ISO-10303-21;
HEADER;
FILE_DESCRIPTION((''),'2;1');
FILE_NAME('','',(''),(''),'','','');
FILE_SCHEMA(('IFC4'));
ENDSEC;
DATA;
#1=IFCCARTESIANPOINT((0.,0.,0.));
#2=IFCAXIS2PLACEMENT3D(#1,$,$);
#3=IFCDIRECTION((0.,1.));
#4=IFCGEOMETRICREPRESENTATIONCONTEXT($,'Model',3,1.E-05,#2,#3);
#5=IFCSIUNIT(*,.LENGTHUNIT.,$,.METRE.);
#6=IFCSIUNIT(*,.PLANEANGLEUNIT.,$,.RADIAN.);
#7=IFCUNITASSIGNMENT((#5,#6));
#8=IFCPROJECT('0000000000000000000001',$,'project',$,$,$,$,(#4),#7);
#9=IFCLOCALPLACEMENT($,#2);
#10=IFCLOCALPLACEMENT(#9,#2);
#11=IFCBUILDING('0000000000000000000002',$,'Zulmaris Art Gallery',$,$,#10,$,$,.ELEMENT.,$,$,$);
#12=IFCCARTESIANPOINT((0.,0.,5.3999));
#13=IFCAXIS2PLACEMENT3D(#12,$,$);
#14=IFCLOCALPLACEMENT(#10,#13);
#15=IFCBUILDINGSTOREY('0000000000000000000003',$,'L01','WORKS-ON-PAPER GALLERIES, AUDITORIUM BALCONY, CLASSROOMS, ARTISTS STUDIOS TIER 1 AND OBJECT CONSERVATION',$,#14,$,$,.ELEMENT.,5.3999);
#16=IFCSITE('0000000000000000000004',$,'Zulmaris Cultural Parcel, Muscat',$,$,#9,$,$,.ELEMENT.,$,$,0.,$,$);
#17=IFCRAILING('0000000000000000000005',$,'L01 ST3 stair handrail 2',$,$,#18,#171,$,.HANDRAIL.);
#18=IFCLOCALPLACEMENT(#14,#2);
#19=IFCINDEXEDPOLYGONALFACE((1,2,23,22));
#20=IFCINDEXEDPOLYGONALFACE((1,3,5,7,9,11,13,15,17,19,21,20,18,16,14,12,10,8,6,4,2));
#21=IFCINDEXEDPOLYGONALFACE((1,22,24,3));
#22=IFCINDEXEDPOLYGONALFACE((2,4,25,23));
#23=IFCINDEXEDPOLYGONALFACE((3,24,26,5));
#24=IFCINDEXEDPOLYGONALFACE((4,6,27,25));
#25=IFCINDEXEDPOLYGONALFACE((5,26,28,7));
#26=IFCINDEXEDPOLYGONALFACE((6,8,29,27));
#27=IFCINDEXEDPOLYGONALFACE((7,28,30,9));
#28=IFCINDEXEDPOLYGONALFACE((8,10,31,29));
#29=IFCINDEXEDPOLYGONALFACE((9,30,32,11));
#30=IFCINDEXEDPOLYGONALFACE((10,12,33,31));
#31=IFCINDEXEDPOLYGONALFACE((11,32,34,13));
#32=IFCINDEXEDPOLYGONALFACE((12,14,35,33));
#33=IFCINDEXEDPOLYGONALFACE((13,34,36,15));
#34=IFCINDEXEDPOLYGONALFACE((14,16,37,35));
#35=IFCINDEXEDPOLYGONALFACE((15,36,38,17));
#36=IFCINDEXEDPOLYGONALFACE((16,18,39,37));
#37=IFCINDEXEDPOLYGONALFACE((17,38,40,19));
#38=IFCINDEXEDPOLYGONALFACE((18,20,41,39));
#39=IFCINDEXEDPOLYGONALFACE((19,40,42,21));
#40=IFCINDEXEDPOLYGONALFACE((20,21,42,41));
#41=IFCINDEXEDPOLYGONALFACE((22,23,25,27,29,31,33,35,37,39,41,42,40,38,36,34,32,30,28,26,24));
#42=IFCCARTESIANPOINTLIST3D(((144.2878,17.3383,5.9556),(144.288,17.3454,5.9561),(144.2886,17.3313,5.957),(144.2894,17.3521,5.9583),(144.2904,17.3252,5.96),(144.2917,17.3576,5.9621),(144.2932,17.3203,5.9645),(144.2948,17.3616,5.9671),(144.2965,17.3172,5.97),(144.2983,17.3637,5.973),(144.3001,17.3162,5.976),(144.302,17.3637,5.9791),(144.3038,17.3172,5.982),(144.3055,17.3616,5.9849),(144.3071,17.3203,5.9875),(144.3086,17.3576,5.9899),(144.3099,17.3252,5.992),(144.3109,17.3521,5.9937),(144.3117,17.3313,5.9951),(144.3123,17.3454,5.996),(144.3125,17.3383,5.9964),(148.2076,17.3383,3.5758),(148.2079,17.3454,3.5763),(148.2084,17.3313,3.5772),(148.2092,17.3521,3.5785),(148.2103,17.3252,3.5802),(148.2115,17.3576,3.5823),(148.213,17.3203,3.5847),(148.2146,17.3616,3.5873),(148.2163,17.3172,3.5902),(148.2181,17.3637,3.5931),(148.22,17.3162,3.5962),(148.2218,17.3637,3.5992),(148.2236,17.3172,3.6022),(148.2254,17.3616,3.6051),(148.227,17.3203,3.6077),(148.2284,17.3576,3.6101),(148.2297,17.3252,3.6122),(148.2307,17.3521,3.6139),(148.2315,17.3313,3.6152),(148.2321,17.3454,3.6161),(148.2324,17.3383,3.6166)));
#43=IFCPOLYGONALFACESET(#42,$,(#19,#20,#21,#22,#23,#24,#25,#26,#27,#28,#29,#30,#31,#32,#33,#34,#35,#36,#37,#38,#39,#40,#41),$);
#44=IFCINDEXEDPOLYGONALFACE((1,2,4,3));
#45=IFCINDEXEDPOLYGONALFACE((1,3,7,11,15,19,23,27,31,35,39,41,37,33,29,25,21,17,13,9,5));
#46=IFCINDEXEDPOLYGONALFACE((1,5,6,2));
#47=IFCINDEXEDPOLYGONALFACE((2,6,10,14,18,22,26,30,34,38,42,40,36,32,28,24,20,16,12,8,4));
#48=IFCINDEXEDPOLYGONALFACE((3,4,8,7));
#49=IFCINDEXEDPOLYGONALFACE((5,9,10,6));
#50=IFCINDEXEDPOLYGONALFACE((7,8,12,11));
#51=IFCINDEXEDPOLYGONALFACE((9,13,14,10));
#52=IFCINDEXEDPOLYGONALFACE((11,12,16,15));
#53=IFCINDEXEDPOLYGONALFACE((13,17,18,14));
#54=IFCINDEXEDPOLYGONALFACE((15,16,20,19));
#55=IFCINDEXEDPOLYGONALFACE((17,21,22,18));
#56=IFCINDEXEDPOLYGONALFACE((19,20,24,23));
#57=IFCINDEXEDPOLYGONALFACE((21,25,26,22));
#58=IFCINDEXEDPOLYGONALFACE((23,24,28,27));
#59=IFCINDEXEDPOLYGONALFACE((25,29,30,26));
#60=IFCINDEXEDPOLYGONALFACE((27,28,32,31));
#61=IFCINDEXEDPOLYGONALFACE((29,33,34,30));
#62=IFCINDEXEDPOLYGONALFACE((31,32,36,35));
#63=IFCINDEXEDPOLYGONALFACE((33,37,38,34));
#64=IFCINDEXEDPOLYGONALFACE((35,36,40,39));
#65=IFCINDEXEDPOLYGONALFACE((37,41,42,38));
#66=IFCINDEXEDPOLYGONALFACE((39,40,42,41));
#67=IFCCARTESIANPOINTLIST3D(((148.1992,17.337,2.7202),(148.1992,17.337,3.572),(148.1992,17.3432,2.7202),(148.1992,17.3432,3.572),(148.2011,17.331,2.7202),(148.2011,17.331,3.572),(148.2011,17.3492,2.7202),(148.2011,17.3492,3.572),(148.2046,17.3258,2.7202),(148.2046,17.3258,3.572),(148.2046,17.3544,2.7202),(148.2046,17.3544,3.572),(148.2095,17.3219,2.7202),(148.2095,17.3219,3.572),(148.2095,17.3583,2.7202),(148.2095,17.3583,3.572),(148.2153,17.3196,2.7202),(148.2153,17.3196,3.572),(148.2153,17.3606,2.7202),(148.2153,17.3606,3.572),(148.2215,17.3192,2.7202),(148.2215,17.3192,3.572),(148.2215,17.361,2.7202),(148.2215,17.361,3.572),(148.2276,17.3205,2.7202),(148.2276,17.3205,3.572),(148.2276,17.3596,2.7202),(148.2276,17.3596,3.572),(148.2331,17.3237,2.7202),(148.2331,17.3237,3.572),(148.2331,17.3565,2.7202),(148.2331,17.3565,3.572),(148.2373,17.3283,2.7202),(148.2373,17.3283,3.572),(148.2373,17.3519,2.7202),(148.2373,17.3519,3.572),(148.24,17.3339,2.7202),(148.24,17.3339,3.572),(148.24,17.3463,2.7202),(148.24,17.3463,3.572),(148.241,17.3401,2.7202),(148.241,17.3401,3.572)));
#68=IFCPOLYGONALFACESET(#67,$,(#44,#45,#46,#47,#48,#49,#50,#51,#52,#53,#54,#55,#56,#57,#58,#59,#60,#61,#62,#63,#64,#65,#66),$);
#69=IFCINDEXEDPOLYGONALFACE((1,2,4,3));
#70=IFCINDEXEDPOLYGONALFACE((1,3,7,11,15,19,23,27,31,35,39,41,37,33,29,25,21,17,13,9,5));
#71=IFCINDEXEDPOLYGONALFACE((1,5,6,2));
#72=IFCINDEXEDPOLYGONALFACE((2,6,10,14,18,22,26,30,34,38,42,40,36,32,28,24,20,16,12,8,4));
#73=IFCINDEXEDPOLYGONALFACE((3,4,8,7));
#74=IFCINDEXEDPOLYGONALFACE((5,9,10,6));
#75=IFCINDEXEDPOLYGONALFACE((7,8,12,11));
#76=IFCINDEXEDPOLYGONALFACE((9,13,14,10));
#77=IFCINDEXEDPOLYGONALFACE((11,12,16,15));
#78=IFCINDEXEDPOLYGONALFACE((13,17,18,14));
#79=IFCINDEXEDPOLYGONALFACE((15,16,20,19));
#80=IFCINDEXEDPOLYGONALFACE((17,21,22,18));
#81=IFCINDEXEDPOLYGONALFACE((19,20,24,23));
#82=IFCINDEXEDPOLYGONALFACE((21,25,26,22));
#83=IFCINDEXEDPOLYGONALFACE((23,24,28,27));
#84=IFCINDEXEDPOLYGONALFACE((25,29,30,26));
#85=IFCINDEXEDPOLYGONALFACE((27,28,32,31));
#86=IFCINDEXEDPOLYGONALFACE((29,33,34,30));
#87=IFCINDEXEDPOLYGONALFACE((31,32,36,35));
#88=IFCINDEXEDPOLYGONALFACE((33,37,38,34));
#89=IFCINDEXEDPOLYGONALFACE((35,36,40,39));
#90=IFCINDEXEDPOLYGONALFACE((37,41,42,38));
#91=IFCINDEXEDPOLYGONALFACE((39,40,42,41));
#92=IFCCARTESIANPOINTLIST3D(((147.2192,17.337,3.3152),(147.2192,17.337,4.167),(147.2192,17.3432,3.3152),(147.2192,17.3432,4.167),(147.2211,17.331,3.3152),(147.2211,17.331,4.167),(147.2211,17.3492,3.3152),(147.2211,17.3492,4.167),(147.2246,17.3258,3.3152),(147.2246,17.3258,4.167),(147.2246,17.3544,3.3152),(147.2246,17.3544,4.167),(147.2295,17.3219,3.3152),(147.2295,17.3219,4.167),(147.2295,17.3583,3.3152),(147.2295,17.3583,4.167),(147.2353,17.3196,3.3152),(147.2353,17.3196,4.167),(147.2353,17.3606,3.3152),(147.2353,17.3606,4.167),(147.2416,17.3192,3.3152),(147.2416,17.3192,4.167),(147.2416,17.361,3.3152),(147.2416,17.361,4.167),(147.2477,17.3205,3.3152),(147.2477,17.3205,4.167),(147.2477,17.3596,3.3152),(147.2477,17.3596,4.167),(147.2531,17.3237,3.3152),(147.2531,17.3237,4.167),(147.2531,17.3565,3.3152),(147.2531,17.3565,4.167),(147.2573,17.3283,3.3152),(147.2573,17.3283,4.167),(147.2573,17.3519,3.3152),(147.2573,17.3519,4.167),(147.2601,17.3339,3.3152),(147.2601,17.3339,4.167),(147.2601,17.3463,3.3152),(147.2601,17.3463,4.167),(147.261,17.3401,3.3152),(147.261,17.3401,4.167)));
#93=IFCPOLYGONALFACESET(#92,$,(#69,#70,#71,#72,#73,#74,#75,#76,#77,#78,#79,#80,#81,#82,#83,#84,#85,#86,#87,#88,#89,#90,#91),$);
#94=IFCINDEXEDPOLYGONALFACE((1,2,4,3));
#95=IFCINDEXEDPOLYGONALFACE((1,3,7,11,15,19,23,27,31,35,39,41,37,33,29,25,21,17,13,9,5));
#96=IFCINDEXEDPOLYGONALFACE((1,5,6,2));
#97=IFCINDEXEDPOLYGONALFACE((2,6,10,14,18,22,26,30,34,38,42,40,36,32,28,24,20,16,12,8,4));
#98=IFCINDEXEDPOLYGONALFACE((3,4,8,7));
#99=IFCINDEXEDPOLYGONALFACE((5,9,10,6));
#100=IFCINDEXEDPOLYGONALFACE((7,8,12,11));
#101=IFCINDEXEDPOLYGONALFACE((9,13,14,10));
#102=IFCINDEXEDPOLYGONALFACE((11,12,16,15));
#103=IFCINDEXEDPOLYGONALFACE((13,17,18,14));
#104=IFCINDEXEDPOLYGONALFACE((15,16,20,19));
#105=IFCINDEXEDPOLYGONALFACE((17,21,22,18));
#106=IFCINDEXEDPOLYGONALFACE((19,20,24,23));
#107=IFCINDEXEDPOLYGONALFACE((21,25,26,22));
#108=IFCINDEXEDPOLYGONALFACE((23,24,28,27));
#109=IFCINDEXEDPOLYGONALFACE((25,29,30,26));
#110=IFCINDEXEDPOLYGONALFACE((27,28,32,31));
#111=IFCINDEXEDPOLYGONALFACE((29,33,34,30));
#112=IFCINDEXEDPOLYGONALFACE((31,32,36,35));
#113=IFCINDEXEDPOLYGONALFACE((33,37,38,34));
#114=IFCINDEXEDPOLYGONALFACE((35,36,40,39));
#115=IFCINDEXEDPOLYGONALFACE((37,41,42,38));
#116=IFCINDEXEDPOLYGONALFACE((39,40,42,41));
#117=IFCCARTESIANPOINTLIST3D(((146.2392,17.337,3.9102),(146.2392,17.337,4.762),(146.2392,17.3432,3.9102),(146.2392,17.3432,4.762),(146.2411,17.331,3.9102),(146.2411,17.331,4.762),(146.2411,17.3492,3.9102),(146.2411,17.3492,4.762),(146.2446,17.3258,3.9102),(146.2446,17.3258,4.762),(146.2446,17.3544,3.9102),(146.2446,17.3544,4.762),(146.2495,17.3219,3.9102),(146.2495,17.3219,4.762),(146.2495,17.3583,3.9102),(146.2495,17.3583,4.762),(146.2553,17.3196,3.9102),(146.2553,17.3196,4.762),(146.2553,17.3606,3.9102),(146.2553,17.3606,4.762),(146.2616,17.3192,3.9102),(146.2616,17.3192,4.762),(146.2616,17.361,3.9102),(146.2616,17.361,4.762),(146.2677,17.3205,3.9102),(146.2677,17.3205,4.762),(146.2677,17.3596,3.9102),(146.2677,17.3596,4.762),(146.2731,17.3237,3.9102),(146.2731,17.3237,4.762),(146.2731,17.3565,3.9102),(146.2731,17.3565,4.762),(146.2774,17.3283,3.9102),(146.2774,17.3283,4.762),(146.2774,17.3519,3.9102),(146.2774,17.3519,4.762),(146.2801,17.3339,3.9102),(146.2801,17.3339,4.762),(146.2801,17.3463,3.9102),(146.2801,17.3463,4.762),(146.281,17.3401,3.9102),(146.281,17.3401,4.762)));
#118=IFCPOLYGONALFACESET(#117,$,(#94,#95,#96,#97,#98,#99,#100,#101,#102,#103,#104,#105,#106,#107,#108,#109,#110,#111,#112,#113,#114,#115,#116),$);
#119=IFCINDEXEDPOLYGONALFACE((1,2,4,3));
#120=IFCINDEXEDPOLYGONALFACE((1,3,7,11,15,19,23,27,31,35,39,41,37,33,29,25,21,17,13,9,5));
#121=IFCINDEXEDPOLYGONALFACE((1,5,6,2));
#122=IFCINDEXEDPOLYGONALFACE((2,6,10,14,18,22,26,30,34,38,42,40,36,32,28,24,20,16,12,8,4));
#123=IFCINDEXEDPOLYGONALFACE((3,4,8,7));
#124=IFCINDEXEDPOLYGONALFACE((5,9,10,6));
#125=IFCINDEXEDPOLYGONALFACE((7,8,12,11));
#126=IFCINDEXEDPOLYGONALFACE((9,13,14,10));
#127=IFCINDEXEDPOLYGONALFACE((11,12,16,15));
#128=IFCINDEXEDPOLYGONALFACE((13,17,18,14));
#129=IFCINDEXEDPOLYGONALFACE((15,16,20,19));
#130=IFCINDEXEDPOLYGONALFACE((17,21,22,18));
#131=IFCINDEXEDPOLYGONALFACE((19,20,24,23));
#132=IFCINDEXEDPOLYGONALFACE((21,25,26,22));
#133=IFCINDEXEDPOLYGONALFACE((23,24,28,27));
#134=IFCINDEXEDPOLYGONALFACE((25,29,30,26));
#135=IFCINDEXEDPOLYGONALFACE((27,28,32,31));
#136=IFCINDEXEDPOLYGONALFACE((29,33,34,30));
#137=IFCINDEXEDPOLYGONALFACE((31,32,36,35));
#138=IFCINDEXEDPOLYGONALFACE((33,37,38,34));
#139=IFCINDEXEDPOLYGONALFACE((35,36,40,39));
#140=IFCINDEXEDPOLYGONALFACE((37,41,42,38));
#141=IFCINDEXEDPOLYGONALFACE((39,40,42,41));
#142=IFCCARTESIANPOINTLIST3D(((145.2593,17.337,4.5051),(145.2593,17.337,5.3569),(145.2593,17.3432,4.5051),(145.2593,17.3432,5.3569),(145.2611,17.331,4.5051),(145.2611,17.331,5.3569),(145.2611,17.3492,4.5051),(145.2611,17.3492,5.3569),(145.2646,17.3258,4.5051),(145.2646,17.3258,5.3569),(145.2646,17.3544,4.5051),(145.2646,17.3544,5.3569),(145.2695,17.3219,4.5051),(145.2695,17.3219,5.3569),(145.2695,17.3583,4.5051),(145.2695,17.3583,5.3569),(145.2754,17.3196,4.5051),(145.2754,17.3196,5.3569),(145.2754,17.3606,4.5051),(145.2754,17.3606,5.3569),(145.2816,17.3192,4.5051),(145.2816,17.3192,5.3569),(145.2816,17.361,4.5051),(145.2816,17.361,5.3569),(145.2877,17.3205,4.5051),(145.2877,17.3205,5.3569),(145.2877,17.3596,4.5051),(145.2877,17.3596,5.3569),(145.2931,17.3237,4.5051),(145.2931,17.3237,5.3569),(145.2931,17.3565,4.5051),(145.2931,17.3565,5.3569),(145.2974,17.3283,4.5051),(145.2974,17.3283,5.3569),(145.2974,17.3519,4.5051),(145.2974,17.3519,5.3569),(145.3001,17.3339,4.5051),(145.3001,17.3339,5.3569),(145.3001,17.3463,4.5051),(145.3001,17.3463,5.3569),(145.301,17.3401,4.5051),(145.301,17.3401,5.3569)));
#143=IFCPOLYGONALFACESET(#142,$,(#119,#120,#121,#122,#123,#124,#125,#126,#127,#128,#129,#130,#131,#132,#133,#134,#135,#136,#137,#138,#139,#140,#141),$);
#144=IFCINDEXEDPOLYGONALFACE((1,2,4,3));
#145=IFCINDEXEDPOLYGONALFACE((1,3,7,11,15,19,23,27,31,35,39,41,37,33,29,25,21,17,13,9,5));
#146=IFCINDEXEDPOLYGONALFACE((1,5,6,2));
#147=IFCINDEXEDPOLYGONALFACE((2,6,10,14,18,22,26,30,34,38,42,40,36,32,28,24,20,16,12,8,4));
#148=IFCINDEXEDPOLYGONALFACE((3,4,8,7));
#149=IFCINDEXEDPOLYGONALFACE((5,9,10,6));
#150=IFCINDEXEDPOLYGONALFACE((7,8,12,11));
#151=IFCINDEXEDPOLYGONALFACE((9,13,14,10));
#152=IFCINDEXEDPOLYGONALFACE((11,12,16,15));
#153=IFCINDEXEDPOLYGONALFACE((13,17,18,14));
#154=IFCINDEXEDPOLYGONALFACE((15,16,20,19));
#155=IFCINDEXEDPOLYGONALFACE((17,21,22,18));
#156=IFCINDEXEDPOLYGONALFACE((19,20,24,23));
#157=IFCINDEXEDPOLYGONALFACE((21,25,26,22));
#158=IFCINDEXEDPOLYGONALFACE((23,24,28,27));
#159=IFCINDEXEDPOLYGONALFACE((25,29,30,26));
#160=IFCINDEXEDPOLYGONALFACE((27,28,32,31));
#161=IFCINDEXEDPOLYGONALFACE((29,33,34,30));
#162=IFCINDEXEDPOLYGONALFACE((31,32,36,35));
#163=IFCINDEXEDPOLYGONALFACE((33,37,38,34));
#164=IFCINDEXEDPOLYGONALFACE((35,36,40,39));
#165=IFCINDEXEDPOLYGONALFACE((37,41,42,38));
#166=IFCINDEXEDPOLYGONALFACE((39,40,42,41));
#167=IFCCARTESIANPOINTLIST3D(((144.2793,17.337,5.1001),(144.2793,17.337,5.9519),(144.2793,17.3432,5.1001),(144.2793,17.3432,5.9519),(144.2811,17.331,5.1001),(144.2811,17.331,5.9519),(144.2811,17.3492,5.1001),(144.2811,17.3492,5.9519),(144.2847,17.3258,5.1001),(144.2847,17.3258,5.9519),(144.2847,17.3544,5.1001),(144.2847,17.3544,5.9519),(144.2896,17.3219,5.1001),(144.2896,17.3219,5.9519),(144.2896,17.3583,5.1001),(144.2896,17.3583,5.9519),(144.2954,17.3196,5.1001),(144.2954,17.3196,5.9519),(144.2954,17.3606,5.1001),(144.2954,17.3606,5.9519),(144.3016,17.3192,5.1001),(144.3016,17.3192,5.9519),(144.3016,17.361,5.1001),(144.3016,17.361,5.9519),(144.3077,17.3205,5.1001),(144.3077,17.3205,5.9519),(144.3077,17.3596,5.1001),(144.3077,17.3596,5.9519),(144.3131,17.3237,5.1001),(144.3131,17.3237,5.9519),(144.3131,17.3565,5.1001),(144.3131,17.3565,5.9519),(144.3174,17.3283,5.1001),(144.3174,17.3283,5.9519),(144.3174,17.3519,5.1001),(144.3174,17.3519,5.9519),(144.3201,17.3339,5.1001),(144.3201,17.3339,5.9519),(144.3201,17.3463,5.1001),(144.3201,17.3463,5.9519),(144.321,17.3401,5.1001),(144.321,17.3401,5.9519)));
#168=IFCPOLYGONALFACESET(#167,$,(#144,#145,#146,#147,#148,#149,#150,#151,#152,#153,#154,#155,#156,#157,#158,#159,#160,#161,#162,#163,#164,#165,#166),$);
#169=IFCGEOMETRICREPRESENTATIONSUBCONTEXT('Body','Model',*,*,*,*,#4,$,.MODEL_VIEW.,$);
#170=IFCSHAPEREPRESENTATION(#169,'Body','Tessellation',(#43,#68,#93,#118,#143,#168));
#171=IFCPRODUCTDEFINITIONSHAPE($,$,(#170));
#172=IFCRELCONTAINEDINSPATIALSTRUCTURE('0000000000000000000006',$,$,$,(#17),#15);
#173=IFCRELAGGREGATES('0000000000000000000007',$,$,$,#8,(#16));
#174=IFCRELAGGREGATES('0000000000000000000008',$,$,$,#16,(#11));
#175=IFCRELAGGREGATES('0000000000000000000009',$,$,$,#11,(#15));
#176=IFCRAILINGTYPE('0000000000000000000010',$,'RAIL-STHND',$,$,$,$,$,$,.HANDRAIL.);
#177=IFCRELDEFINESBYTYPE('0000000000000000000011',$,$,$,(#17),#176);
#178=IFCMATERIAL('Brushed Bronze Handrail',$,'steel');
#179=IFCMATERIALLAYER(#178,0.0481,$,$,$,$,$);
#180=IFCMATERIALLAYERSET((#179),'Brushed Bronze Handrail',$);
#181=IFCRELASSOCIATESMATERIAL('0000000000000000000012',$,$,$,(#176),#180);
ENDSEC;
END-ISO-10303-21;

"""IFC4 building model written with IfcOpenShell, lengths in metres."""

from ifc_helpers import new_model, si_unit, direction, frame, origin, origin_2d, place, context, subcontext, project, spatial, circle, extrude, material, layer, layer_set, type_object, element, save


model = new_model("IFC4")

# Units and contexts
model_context = context("Model", 3, precision=1e-05, world=origin(), true_north=direction((0.0, 1.0)))
body_context = subcontext(model_context, "Body", "Model", "MODEL_VIEW")
ifc_project = project(units=[si_unit("LENGTHUNIT", "METRE"), si_unit("PLANEANGLEUNIT", "RADIAN")], contexts=[model_context])

# Site, building, storey
site_placement = place(None, origin())
site = spatial("IfcSite", under=ifc_project, at=site_placement, Name="Zulmaris Cultural Parcel, Muscat", CompositionType="ELEMENT", RefElevation=0.0)
building_placement = place(site_placement, origin())
building = spatial("IfcBuilding", under=site, at=building_placement, Name="Zulmaris Art Gallery", CompositionType="ELEMENT")
storey_placement = place(building_placement, frame((0.0, 0.0, 5.3999)))
storey = spatial("IfcBuildingStorey", under=building, at=storey_placement, Name="L01", Description="WORKS-ON-PAPER GALLERIES, AUDITORIUM BALCONY, CLASSROOMS, ARTISTS STUDIOS TIER 1 AND OBJECT CONSERVATION", CompositionType="ELEMENT", Elevation=5.3999)

# Railing
ifc_material_1 = material(Name="Brushed Bronze Handrail", Category="steel")
ifc_layer_1 = layer(ifc_material_1, 0.0481)
ifc_layer_set_1 = layer_set([ifc_layer_1], Name="Brushed Bronze Handrail")
railing_type_1 = type_object("IfcRailingType", Name="RAIL-STHND", PredefinedType="HANDRAIL", material=ifc_layer_set_1)
railing_1_placement = place(storey_placement, frame((148.22, 17.3401, 2.7202)))
element("IfcRailing", 1, at=railing_1_placement, inside=storey, type_object=railing_type_1, Name="L01 ST3 stair handrail 2", PredefinedType="HANDRAIL", context=body_context, shape_type="SweptSolid", body=[
    extrude(circle(Radius=0.0239, at=origin_2d()), frame((0.0, 0.0, 0.876), z_axis=(-0.854794, 0.0, 0.518967), x_axis=(0.0, -1.0, 0.0)), (0.0, 0.0, 1.0), 4.5857),
    extrude(circle(Radius=0.021, at=origin_2d()), origin(), (0.0, 0.0, 1.0), 0.8518),
    extrude(circle(Radius=0.021, at=origin_2d()), frame((-0.98, 0.0, 0.595)), (0.0, 0.0, 1.0), 0.8518),
    extrude(circle(Radius=0.021, at=origin_2d()), frame((-1.96, 0.0, 1.1899)), (0.0, 0.0, 1.0), 0.8518),
    extrude(circle(Radius=0.021, at=origin_2d()), frame((-2.9399, 0.0, 1.7849)), (0.0, 0.0, 1.0), 0.8518),
    extrude(circle(Radius=0.021, at=origin_2d()), frame((-3.9199, 0.0, 2.3799)), (0.0, 0.0, 1.0), 0.8518),
])

save(model, "model.ifc")
